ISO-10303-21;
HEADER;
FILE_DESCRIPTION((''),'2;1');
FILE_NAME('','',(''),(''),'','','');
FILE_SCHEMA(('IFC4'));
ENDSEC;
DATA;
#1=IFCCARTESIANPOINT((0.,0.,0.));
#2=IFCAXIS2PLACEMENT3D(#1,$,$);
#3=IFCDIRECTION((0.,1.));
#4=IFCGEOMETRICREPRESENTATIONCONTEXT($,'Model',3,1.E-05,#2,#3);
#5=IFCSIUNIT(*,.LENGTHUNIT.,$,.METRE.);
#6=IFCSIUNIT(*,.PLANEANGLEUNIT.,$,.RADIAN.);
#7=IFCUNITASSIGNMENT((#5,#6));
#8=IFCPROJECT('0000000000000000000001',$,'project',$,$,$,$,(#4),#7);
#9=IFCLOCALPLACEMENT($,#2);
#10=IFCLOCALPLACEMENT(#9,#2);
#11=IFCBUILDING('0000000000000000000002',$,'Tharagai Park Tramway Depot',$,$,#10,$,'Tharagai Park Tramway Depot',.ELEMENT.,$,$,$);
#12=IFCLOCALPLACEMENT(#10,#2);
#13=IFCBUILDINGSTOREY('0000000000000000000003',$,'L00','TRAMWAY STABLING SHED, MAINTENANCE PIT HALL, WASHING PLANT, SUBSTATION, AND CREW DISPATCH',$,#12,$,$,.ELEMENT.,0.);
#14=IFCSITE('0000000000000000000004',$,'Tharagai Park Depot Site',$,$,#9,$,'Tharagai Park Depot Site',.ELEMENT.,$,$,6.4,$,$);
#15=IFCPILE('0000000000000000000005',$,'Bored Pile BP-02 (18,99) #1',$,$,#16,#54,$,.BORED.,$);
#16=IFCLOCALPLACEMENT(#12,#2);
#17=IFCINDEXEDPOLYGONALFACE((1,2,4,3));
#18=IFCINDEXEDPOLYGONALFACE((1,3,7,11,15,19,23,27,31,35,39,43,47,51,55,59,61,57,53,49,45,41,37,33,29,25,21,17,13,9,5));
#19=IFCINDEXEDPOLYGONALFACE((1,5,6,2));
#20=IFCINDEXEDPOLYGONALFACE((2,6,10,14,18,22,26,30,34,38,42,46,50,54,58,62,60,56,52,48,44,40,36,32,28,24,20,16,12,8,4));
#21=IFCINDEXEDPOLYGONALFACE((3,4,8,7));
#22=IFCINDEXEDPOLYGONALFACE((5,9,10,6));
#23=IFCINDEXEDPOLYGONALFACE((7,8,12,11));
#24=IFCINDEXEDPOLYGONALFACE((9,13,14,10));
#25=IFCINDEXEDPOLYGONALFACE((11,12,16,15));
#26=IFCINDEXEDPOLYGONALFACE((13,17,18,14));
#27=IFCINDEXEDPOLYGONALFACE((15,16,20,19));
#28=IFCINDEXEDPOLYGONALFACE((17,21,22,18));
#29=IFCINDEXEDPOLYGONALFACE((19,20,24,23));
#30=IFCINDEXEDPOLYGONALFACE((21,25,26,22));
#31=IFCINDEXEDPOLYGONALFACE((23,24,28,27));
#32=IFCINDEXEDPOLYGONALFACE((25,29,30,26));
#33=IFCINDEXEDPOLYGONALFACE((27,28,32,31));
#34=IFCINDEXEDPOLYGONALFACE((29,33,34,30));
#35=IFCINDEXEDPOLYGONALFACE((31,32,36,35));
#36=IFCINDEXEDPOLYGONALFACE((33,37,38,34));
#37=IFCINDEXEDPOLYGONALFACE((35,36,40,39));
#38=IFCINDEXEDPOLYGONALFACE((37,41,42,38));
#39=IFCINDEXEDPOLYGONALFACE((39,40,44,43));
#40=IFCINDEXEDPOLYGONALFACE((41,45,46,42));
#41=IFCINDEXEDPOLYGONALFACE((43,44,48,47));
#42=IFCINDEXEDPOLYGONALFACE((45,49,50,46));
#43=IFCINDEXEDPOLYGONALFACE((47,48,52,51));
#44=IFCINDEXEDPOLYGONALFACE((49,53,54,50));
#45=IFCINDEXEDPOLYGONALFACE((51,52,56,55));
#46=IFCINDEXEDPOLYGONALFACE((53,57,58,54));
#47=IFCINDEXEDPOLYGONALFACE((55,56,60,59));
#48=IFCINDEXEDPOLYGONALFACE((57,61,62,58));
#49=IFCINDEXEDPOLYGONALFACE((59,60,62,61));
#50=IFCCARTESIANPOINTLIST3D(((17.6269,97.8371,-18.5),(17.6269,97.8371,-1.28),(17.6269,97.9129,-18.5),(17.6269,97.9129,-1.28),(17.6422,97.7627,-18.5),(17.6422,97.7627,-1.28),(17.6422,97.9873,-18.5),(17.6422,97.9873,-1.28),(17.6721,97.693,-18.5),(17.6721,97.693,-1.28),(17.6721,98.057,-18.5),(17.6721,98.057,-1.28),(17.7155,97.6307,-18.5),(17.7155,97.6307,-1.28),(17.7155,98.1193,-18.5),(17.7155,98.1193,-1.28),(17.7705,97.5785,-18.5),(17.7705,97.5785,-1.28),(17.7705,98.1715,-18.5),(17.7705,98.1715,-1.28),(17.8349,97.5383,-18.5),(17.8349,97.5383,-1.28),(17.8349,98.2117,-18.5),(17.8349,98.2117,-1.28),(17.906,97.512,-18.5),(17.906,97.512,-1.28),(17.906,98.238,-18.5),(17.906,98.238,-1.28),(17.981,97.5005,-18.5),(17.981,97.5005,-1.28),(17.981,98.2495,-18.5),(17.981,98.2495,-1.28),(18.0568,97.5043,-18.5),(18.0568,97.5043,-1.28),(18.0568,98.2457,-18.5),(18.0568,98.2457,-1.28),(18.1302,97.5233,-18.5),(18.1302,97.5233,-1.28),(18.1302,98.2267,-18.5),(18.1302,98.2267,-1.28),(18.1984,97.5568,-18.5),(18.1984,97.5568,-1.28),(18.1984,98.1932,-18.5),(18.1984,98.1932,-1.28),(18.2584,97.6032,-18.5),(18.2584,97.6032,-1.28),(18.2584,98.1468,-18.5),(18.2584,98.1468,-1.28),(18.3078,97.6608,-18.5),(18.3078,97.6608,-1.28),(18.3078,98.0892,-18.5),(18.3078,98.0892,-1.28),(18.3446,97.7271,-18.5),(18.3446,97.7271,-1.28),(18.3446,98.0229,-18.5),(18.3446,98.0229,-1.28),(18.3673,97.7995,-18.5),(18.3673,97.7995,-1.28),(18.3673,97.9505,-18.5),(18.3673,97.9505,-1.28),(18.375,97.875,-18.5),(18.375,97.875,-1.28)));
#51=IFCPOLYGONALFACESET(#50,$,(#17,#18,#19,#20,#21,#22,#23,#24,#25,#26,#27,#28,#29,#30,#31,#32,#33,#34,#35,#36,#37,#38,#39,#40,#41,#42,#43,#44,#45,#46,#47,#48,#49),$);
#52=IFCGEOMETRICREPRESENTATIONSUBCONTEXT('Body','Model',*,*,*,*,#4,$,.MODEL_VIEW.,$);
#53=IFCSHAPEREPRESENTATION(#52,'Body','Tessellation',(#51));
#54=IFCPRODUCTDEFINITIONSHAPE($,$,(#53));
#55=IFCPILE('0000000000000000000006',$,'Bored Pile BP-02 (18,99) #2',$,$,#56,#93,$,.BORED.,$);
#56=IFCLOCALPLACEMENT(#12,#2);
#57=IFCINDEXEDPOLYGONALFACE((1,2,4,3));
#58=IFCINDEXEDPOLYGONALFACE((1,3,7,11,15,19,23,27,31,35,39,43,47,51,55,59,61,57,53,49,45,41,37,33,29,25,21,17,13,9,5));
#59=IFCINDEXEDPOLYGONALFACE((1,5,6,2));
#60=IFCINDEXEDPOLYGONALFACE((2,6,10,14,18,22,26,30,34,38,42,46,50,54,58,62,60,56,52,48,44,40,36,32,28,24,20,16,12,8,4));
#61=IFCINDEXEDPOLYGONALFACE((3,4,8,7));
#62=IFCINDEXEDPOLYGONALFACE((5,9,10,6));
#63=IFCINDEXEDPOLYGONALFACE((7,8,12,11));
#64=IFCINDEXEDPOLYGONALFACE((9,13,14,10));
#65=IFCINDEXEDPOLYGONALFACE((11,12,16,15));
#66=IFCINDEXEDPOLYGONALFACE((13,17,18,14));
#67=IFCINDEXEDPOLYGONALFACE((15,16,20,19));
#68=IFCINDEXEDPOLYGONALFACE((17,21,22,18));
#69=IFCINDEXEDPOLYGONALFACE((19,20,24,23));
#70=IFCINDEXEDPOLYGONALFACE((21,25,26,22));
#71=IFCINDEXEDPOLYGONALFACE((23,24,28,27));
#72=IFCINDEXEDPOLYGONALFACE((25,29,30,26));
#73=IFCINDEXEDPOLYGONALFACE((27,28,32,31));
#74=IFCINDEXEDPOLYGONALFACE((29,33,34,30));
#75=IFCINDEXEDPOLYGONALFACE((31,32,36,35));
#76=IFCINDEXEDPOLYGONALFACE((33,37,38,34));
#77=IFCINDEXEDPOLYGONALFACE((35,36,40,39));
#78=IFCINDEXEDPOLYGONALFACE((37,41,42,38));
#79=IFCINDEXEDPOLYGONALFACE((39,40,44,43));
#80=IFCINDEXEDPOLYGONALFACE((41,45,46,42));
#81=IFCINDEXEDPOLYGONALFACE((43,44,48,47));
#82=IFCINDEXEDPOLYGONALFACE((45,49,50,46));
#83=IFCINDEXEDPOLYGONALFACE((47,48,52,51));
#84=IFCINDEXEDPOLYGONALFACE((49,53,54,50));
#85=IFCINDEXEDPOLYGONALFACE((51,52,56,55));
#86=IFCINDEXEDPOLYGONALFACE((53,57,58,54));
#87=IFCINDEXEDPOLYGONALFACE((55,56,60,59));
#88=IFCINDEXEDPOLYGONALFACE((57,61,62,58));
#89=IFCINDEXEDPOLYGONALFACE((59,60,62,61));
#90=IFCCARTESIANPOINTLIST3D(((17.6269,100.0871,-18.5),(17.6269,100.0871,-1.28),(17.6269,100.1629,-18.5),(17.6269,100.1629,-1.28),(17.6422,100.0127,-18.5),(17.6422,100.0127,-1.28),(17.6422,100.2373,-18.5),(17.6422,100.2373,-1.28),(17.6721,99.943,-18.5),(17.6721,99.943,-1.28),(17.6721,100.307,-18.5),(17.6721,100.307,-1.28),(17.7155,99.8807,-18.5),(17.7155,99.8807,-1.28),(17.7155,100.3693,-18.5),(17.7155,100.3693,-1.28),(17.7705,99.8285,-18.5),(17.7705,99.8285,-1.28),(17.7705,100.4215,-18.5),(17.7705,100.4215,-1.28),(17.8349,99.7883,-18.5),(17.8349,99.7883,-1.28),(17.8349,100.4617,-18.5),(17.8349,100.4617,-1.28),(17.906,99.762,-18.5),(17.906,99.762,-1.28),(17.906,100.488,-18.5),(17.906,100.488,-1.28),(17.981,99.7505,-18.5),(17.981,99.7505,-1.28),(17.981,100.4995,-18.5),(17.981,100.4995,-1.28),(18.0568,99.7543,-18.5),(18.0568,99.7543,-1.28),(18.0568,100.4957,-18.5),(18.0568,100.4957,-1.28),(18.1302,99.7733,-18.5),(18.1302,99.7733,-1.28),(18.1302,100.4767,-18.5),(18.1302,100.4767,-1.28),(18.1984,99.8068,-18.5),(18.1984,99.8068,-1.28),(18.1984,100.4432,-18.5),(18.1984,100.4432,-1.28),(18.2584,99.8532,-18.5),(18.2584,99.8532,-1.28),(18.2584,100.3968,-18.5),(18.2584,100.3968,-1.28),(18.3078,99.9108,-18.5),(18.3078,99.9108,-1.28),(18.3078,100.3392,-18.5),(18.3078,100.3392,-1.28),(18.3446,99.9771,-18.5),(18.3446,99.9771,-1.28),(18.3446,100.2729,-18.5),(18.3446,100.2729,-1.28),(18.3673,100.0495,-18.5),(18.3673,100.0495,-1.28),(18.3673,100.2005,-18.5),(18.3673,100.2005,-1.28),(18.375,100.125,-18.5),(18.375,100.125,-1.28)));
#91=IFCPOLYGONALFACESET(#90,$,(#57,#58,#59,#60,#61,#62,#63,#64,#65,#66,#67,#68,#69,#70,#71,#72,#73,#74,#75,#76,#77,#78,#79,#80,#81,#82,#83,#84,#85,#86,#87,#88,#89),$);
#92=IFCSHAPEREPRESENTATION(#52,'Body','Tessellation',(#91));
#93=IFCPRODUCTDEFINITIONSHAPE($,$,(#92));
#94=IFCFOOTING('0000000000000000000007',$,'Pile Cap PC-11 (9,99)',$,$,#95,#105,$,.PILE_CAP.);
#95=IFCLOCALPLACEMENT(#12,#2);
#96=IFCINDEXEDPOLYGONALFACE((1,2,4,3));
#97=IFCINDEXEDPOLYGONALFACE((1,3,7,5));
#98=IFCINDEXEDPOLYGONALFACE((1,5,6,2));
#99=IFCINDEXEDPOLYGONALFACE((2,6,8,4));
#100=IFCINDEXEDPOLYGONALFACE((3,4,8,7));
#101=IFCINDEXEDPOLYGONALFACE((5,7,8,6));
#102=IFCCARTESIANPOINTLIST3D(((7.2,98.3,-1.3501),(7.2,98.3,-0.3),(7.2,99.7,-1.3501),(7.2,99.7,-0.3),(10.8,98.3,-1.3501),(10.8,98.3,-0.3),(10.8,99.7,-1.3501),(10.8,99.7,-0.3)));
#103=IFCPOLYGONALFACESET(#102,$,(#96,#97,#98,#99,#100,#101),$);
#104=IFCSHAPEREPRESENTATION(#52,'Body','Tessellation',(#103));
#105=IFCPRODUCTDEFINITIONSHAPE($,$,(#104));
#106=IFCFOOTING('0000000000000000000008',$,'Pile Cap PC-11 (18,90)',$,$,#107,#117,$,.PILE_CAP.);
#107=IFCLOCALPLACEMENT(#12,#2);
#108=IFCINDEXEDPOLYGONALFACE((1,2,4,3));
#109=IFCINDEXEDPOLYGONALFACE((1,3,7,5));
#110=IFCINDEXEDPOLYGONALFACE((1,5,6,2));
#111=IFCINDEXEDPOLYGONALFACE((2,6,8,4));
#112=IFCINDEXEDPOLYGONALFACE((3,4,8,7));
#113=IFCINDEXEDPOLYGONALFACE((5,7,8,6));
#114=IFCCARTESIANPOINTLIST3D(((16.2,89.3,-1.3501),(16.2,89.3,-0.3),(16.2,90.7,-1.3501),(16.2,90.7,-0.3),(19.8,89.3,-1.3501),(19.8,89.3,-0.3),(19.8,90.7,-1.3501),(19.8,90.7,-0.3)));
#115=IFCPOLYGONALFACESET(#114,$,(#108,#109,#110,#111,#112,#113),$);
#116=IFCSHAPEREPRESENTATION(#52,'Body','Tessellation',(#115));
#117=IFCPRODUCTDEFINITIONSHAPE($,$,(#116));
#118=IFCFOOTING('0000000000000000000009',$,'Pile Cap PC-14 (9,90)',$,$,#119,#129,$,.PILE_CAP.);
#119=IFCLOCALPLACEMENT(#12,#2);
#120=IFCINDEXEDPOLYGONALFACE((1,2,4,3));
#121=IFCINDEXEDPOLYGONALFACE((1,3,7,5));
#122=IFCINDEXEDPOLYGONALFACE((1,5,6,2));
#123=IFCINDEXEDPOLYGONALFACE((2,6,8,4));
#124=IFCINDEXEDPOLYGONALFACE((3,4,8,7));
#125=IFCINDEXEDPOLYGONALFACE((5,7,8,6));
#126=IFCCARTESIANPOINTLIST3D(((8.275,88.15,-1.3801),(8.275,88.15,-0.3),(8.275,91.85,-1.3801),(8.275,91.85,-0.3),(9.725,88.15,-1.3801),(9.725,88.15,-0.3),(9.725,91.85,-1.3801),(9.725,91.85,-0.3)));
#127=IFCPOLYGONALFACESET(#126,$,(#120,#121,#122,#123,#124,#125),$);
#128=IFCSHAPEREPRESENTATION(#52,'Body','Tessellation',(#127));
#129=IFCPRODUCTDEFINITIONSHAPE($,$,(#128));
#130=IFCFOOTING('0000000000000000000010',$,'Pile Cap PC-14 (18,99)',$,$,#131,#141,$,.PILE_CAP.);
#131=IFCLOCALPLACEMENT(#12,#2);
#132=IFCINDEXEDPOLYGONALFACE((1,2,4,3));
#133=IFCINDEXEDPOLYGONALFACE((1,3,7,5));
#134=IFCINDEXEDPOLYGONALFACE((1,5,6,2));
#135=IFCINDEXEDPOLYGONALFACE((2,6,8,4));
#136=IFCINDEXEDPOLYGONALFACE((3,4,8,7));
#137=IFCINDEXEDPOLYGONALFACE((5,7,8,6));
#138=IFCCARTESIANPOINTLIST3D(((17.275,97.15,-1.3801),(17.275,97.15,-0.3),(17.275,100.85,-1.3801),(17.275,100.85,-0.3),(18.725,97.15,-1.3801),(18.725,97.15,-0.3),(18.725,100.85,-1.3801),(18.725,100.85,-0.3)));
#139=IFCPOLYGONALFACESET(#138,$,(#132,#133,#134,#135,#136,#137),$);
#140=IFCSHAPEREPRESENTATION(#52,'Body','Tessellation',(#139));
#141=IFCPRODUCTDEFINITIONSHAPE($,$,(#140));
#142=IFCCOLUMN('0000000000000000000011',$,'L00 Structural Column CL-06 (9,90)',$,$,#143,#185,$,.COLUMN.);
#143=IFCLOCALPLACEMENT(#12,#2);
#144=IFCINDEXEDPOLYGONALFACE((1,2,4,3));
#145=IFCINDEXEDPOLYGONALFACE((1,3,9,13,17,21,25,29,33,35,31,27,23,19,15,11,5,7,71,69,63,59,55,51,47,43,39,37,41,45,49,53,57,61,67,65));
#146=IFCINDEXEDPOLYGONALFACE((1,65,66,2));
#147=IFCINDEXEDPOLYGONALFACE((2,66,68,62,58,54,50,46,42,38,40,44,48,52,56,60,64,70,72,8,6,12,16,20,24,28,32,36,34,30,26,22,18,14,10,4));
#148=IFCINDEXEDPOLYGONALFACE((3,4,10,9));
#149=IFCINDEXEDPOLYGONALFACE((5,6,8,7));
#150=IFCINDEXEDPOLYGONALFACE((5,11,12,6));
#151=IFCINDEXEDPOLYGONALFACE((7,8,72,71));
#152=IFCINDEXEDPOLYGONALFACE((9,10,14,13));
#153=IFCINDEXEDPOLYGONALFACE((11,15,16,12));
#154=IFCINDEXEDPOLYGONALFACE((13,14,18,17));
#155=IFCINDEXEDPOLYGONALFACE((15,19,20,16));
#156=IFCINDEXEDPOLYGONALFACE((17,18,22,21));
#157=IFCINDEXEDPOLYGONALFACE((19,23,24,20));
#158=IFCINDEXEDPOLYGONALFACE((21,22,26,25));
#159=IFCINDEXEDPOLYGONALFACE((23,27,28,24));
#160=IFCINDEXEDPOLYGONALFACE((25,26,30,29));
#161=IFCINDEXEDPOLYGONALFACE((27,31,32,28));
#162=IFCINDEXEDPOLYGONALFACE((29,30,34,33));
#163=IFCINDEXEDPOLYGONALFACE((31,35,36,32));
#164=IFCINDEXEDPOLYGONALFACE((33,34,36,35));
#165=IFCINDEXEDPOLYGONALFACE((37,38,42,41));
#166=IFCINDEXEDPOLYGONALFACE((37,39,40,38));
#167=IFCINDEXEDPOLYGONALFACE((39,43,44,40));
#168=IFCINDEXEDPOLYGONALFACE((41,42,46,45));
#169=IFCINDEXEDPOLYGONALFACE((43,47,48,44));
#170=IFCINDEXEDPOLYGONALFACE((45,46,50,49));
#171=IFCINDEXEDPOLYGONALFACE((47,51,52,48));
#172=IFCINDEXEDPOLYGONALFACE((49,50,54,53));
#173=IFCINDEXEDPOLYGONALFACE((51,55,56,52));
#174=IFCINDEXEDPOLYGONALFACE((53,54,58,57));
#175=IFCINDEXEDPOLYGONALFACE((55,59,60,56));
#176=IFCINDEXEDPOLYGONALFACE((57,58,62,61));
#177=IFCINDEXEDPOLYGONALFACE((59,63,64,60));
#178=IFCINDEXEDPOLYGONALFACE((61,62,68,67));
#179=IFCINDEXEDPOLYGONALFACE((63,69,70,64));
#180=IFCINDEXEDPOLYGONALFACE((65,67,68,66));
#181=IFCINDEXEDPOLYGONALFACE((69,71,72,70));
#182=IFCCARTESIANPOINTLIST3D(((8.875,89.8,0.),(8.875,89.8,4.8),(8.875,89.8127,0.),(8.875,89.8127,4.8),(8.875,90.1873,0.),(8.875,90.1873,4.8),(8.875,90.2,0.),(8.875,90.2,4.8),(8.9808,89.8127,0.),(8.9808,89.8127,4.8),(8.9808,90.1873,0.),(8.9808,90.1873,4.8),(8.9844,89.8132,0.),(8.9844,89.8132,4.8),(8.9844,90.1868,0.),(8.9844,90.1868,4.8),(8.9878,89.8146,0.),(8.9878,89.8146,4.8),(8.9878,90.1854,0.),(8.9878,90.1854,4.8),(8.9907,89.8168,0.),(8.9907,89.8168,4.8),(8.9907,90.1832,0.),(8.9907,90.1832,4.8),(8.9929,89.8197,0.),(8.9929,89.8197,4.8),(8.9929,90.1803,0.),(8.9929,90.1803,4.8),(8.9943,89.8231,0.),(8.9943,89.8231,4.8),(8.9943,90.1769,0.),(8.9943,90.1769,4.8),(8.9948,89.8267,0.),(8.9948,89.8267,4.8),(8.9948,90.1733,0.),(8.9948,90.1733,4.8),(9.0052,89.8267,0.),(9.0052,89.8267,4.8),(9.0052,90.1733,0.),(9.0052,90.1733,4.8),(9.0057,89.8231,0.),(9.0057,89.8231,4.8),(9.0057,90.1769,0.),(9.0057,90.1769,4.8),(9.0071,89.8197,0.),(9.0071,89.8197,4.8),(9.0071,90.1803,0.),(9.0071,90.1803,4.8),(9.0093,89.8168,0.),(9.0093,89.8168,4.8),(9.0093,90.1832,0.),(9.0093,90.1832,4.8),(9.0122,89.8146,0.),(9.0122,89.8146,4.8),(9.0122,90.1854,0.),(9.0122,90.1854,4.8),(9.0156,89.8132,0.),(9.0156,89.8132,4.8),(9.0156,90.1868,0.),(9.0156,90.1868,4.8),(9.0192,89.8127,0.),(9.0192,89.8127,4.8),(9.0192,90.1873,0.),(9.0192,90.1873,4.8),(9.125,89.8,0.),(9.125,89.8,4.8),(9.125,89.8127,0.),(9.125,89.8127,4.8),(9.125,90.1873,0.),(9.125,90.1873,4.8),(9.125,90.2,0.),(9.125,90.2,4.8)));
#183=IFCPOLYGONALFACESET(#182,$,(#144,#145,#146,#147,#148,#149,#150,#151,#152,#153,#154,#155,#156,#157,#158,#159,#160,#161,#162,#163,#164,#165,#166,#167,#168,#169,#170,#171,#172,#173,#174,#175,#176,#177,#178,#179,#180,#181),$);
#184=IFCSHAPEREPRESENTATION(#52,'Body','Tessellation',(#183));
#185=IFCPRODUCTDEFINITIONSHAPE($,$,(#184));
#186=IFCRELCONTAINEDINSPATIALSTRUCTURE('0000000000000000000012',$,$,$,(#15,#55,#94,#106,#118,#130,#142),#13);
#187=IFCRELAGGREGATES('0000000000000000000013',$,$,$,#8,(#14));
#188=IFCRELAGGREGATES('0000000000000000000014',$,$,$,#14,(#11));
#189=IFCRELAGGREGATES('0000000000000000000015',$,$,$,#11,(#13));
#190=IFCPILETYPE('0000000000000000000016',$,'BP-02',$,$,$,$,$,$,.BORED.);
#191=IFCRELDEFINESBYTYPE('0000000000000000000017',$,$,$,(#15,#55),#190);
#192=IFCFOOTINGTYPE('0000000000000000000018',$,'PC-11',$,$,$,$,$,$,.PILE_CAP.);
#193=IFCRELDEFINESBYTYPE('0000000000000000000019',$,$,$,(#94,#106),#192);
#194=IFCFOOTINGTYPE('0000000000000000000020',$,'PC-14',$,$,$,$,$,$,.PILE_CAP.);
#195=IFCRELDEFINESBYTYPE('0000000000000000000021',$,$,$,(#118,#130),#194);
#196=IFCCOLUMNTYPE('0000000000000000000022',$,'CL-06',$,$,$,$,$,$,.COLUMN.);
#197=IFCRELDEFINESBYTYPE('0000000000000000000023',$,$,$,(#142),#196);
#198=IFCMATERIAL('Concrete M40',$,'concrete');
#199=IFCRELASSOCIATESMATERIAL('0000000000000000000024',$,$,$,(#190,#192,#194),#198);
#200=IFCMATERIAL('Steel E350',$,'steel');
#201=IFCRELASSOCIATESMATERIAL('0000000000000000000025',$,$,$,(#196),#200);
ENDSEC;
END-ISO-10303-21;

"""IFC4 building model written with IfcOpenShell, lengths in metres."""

from ifc_helpers import new_model, si_unit, direction, frame, origin, origin_2d, place, context, subcontext, project, spatial, rectangle, circle, i_section, extrude, material, material_profile, profile_set, type_object, element, save


model = new_model("IFC4")

# Units and contexts
model_context = context("Model", 3, precision=1e-05, world=origin(), true_north=direction((0.0, 1.0)))
body_context = subcontext(model_context, "Body", "Model", "MODEL_VIEW")
ifc_project = project(units=[si_unit("LENGTHUNIT", "METRE"), si_unit("PLANEANGLEUNIT", "RADIAN")], contexts=[model_context])

# Site, building, storey
site_placement = place(None, origin())
site = spatial("IfcSite", under=ifc_project, at=site_placement, Name="Tharagai Park Depot Site", LongName="Tharagai Park Depot Site", CompositionType="ELEMENT", RefElevation=6.4)
building_placement = place(site_placement, origin())
building = spatial("IfcBuilding", under=site, at=building_placement, Name="Tharagai Park Tramway Depot", LongName="Tharagai Park Tramway Depot", CompositionType="ELEMENT")
storey_placement = place(building_placement, origin())
storey = spatial("IfcBuildingStorey", under=building, at=storey_placement, Name="L00", Description="TRAMWAY STABLING SHED, MAINTENANCE PIT HALL, WASHING PLANT, SUBSTATION, AND CREW DISPATCH", CompositionType="ELEMENT", Elevation=0.0)

# Piles
ifc_material_1 = material(Name="Concrete M40", Category="concrete")
ifc_material_profile_1 = material_profile(ifc_material_1, circle(Radius=0.375, at=origin_2d()), Name="PILE D750")
ifc_profile_set_1 = profile_set([ifc_material_profile_1], Name="Concrete M40")
pile_type = type_object("IfcPileType", Name="BP-02", PredefinedType="BORED", material=ifc_profile_set_1)
for number, where, z_axis, x_axis, name in (
    (1, (18.0, 97.875, -1.28), (0.0, 0.0, -1.0), (1.0, 0.0, 0.0), "Bored Pile BP-02 (18,99) #1"),
    (2, (18.0, 100.125, -1.28), (0.0, 0.0, -1.0), (1.0, 0.0, 0.0), "Bored Pile BP-02 (18,99) #2"),
):
    element("IfcPile", number, at=place(storey_placement, frame(where, z_axis=z_axis, x_axis=x_axis)), inside=storey, type_object=pile_type, Name=name, PredefinedType="BORED", context=body_context, shape_type="SweptSolid", body=[
        extrude(circle(Radius=0.375, at=origin_2d()), origin(), (0.0, 0.0, 1.0), 17.22),
    ])

# Footings
footing_type_1 = type_object("IfcFootingType", Name="PC-11", PredefinedType="PILE_CAP", material=ifc_material_1)
for number, where, z_axis, x_axis, name in (
    (3, (9.0, 99.0, -1.3501), (0.0, 0.0, 1.0), (1.0, 0.0, 0.0), "Pile Cap PC-11 (9,99)"),
    (4, (18.0, 90.0, -1.3501), (0.0, 0.0, 1.0), (1.0, 0.0, 0.0), "Pile Cap PC-11 (18,90)"),
):
    element("IfcFooting", number, at=place(storey_placement, frame(where, z_axis=z_axis, x_axis=x_axis)), inside=storey, type_object=footing_type_1, Name=name, PredefinedType="PILE_CAP", context=body_context, shape_type="SweptSolid", body=[
        extrude(rectangle(XDim=3.6001, YDim=1.3999, at=origin_2d()), origin(), (0.0, 0.0, 1.0), 1.05),
    ])
footing_type_2 = type_object("IfcFootingType", Name="PC-14", PredefinedType="PILE_CAP", material=ifc_material_1)
for number, where, z_axis, x_axis, name in (
    (5, (9.0, 90.0, -1.3801), (0.0, 0.0, 1.0), (1.0, 0.0, 0.0), "Pile Cap PC-14 (9,90)"),
    (6, (18.0, 99.0, -1.3801), (0.0, 0.0, 1.0), (1.0, 0.0, 0.0), "Pile Cap PC-14 (18,99)"),
):
    element("IfcFooting", number, at=place(storey_placement, frame(where, z_axis=z_axis, x_axis=x_axis)), inside=storey, type_object=footing_type_2, Name=name, PredefinedType="PILE_CAP", context=body_context, shape_type="SweptSolid", body=[
        extrude(rectangle(XDim=1.45, YDim=3.7, at=origin_2d()), origin(), (0.0, 0.0, 1.0), 1.0801),
    ])

# Column
ifc_material_2 = material(Name="Steel E350", Category="steel")
ifc_material_profile_2 = material_profile(ifc_material_2, i_section(OverallWidth=0.25, OverallDepth=0.3999, WebThickness=0.0105, FlangeThickness=0.0127, FilletRadius=0.0139, at=origin_2d()), Name="ISHB 400")
ifc_profile_set_2 = profile_set([ifc_material_profile_2], Name="Steel E350")
column_type_1 = type_object("IfcColumnType", Name="CL-06", PredefinedType="COLUMN", material=ifc_profile_set_2)
for number, where, z_axis, x_axis, name in (
    (7, (9.0, 90.0, 0.0), (0.0, 0.0, 1.0), (1.0, 0.0, 0.0), "L00 Structural Column CL-06 (9,90)"),
):
    element("IfcColumn", number, at=place(storey_placement, frame(where, z_axis=z_axis, x_axis=x_axis)), inside=storey, type_object=column_type_1, Name=name, PredefinedType="COLUMN", context=body_context, shape_type="SweptSolid", body=[
        extrude(i_section(OverallWidth=0.25, OverallDepth=0.3999, WebThickness=0.0105, FlangeThickness=0.0127, FilletRadius=0.0139, at=origin_2d()), origin(), (0.0, 0.0, 1.0), 4.8),
    ])

save(model, "model.ifc")
